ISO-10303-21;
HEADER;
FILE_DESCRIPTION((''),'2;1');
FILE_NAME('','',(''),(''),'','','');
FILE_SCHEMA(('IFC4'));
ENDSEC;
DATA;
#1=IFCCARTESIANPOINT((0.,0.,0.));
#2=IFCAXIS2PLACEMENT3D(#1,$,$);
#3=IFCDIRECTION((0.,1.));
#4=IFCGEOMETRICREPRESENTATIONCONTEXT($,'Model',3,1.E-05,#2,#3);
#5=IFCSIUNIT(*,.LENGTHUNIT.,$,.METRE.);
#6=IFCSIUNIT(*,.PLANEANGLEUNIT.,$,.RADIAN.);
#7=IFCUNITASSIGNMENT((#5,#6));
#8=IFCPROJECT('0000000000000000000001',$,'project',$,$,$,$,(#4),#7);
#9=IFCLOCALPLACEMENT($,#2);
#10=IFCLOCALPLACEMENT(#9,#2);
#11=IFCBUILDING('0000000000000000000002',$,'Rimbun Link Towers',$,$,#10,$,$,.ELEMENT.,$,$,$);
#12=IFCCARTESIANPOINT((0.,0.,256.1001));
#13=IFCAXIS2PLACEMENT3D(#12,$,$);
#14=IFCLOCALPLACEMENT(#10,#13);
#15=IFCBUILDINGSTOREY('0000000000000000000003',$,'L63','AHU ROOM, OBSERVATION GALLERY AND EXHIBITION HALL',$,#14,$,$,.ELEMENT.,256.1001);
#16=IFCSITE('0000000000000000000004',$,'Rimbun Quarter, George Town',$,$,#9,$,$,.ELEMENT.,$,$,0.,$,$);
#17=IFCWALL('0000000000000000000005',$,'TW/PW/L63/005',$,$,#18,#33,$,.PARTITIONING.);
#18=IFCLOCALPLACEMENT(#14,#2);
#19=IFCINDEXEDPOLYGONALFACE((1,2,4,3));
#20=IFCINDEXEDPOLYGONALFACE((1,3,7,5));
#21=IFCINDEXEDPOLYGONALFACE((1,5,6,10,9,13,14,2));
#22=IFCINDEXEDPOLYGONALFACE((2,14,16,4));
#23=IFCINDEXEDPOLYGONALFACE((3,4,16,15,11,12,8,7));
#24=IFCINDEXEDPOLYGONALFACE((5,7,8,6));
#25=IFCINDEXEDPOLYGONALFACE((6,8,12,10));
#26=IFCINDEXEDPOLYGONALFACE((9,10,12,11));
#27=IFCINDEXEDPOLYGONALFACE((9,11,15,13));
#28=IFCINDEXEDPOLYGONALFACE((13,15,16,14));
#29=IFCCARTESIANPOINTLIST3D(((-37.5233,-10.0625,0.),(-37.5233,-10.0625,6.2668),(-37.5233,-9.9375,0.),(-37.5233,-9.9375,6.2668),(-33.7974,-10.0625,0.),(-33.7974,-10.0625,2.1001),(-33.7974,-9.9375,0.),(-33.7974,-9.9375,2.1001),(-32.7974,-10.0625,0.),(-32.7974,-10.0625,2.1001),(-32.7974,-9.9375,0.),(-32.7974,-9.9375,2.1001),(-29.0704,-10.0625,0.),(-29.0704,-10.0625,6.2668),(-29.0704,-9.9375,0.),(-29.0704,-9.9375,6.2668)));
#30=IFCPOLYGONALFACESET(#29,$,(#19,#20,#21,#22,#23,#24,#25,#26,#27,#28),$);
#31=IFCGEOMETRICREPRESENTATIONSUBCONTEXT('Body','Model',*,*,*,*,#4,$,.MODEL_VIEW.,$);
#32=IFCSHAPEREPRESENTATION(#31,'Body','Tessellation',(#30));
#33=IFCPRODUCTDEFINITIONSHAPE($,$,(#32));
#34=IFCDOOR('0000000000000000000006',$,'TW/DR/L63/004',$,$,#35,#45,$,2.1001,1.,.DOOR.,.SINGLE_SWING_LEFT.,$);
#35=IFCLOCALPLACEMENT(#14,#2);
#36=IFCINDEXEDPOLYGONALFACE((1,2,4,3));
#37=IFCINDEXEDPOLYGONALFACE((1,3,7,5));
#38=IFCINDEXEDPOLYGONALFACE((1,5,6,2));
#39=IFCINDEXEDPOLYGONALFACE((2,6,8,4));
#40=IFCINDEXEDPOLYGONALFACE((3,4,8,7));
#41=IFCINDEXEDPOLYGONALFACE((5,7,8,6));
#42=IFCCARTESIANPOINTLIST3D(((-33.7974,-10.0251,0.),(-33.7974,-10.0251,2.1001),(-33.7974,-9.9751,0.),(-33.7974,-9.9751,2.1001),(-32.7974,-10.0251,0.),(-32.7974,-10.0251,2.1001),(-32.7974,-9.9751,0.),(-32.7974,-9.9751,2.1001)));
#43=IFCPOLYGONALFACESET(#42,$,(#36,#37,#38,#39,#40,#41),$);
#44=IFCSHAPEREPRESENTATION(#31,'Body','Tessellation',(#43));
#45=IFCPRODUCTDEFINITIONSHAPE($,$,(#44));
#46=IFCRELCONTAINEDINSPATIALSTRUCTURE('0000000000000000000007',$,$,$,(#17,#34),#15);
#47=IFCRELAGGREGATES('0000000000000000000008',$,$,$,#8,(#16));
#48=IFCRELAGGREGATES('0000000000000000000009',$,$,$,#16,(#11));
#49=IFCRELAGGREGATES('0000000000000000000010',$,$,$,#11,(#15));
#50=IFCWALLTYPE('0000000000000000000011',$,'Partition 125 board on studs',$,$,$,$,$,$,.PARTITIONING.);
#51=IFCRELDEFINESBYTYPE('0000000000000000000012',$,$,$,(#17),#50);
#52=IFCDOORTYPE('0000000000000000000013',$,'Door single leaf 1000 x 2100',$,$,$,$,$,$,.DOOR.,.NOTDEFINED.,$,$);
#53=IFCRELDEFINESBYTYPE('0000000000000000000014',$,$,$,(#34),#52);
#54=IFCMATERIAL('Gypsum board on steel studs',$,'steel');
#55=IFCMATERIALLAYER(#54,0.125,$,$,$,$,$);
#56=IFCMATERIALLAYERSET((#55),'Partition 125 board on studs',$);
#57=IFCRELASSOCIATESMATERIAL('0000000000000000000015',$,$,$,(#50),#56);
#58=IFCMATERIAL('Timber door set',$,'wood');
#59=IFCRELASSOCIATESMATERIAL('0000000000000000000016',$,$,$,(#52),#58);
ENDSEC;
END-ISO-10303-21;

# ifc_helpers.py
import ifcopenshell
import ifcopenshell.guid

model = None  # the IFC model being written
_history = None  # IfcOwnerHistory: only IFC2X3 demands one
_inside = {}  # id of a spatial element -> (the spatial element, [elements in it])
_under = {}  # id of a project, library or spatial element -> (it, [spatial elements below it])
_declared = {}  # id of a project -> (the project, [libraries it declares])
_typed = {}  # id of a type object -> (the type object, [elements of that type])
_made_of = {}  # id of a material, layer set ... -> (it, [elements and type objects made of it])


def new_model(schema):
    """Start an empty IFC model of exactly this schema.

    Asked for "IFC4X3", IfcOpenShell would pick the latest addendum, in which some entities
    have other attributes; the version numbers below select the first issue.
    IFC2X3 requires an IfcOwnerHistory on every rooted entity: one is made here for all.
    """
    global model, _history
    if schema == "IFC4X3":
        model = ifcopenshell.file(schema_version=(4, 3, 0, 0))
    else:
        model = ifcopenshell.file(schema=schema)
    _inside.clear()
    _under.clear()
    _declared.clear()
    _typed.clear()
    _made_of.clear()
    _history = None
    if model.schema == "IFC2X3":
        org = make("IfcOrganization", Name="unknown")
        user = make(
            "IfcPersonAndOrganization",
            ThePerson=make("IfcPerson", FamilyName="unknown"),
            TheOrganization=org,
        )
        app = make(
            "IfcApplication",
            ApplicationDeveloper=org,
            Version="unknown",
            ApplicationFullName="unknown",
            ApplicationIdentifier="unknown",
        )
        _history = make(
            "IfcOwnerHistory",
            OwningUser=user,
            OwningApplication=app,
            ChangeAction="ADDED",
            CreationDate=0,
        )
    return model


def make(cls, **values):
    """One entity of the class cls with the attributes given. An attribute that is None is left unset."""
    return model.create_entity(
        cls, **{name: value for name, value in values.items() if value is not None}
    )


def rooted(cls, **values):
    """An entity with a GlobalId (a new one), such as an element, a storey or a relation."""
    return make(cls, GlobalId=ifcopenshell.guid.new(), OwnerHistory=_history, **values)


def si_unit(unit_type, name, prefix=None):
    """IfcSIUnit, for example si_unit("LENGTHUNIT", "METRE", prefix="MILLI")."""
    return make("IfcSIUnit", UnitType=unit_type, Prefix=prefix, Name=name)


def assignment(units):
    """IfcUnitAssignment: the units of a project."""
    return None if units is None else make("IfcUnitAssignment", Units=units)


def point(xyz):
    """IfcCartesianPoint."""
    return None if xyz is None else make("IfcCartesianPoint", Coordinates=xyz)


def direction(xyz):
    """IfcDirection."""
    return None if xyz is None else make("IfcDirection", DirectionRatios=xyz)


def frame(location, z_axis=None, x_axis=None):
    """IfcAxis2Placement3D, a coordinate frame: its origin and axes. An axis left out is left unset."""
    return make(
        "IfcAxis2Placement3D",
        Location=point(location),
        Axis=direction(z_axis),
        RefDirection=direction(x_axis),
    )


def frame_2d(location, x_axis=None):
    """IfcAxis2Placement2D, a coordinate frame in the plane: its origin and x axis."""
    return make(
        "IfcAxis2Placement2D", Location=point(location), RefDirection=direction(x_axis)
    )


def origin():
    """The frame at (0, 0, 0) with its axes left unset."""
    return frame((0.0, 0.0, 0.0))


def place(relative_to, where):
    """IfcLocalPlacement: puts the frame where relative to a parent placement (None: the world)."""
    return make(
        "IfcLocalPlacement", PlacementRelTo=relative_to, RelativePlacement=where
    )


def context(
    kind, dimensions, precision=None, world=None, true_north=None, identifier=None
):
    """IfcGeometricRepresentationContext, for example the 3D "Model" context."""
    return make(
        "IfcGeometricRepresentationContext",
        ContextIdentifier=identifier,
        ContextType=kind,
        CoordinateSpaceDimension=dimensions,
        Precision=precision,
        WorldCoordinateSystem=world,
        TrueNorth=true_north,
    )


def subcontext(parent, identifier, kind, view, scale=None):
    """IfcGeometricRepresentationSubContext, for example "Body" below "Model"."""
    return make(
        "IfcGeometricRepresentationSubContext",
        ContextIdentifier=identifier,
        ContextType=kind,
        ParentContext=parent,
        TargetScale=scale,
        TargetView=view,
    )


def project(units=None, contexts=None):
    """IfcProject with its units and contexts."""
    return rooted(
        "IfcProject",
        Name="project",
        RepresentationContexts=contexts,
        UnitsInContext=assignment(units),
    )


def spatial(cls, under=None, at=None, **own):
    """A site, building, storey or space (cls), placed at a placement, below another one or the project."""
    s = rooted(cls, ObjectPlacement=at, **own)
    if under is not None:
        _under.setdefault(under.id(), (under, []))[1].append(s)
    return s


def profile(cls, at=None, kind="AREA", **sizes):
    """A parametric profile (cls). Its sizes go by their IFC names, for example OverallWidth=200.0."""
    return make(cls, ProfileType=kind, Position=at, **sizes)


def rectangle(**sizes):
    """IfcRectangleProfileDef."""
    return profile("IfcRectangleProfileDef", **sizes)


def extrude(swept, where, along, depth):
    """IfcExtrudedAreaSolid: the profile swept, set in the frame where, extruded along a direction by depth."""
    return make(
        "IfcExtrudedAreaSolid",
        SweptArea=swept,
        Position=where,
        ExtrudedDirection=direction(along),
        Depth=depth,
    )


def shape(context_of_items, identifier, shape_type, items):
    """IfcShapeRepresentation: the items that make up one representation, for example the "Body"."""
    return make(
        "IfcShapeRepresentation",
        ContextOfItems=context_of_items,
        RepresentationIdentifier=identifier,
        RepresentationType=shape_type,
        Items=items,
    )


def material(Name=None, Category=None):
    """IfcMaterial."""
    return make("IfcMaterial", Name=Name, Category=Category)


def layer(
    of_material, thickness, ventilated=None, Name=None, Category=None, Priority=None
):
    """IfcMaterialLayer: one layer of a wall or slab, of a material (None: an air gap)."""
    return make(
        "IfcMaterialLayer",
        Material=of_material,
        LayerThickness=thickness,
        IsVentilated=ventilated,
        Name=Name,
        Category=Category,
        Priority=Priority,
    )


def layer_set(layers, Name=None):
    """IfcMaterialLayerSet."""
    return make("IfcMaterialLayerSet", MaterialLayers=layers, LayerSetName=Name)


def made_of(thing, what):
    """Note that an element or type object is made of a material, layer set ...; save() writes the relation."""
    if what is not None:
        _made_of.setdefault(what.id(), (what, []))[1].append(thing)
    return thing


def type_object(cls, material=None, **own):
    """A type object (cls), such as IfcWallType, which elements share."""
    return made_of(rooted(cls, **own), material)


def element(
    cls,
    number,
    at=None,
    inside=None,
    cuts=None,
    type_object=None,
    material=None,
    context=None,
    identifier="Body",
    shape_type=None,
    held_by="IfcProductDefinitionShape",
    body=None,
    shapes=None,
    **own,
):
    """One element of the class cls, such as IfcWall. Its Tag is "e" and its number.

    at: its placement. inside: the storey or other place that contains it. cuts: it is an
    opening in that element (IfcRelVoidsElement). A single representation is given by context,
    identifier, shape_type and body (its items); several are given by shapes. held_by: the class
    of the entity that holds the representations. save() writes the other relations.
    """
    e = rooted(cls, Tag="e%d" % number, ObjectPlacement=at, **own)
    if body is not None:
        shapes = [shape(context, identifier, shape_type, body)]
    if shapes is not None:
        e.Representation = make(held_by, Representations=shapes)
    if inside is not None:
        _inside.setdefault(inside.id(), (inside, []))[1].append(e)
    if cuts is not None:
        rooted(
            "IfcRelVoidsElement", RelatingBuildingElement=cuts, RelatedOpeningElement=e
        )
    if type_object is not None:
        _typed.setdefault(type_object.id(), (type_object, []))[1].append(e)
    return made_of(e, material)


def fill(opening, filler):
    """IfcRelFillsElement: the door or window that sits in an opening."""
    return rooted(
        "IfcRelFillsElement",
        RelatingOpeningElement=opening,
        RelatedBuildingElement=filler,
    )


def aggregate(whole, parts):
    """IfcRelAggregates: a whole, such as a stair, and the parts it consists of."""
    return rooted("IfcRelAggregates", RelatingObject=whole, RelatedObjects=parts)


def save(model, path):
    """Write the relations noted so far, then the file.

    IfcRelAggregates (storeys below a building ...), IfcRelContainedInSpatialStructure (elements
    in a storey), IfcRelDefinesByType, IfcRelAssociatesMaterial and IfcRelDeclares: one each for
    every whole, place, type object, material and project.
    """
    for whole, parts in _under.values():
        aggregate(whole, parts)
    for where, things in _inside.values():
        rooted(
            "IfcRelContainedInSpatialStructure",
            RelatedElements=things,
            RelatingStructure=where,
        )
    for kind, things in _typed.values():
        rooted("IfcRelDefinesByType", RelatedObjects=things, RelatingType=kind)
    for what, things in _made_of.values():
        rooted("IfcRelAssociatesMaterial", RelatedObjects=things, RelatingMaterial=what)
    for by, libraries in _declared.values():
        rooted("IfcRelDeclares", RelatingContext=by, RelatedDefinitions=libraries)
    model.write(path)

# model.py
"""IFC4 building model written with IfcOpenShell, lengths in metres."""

from ifc_helpers import new_model, si_unit, direction, frame, frame_2d, origin, place, context, subcontext, project, spatial, rectangle, extrude, material, layer, layer_set, type_object, element, fill, save


model = new_model("IFC4")

# Units and contexts
model_context = context("Model", 3, precision=1e-05, world=origin(), true_north=direction((0.0, 1.0)))
body_context = subcontext(model_context, "Body", "Model", "MODEL_VIEW")
ifc_project = project(units=[si_unit("LENGTHUNIT", "METRE"), si_unit("PLANEANGLEUNIT", "RADIAN")], contexts=[model_context])

# Site, building, storey
site_placement = place(None, origin())
site = spatial("IfcSite", under=ifc_project, at=site_placement, Name="Rimbun Quarter, George Town", CompositionType="ELEMENT", RefElevation=0.0)
building_placement = place(site_placement, origin())
building = spatial("IfcBuilding", under=site, at=building_placement, Name="Rimbun Link Towers", CompositionType="ELEMENT")
storey_placement = place(building_placement, frame((0.0, 0.0, 256.1001)))
storey = spatial("IfcBuildingStorey", under=building, at=storey_placement, Name="L63", Description="AHU ROOM, OBSERVATION GALLERY AND EXHIBITION HALL", CompositionType="ELEMENT", Elevation=256.1001)

# Wall, opening, door
ifc_material_1 = material(Name="Gypsum board on steel studs", Category="steel")
ifc_layer_1 = layer(ifc_material_1, 0.125)
ifc_layer_set_1 = layer_set([ifc_layer_1], Name="Partition 125 board on studs")
wall_type_1 = type_object("IfcWallType", Name="Partition 125 board on studs", PredefinedType="PARTITIONING", material=ifc_layer_set_1)
ifc_material_2 = material(Name="Timber door set", Category="wood")
door_type = type_object("IfcDoorType", Name="Door single leaf 1000 x 2100", OperationType="NOTDEFINED", PredefinedType="DOOR", material=ifc_material_2)
wall_1_placement = place(storey_placement, frame((-37.5234, -10.0, 0.0), z_axis=(0.0, 0.0, 1.0), x_axis=(1.0, 0.0, 0.0)))
wall_1 = element("IfcWall", 1, at=wall_1_placement, inside=storey, type_object=wall_type_1, Name="TW/PW/L63/005", PredefinedType="PARTITIONING", context=body_context, shape_type="SweptSolid", body=[
    extrude(rectangle(XDim=8.4529, YDim=0.125, at=frame_2d((4.2266, 0.0))), origin(), (0.0, 0.0, 1.0), 6.2668),
])
opening_1_placement = place(wall_1_placement, frame((3.7261, 0.0, 0.0)))
opening_1 = element("IfcOpeningElement", 2, at=opening_1_placement, cuts=wall_1, PredefinedType="OPENING", context=body_context, shape_type="SweptSolid", body=[
    extrude(rectangle(XDim=1.0, YDim=2.1001, at=frame_2d((0.5, 1.05))), frame((0.0, 0.0725, 0.0), z_axis=(0.0, -1.0, 0.0), x_axis=(1.0, 0.0, 0.0)), (0.0, 0.0, 1.0), 0.145),
])
door_1_placement = place(opening_1_placement, origin())
door_1 = element("IfcDoor", 3, at=door_1_placement, inside=storey, type_object=door_type, Name="TW/DR/L63/004", OperationType="SINGLE_SWING_LEFT", OverallHeight=2.1001, OverallWidth=1.0, PredefinedType="DOOR", context=body_context, shape_type="SweptSolid", body=[
    extrude(rectangle(XDim=1.0, YDim=2.1001, at=frame_2d((0.5, 1.05))), frame((0.0, 0.0249, 0.0), z_axis=(0.0, -1.0, 0.0), x_axis=(1.0, 0.0, 0.0)), (0.0, 0.0, 1.0), 0.05),
])
fill(opening_1, door_1)

save(model, "model.ifc")
